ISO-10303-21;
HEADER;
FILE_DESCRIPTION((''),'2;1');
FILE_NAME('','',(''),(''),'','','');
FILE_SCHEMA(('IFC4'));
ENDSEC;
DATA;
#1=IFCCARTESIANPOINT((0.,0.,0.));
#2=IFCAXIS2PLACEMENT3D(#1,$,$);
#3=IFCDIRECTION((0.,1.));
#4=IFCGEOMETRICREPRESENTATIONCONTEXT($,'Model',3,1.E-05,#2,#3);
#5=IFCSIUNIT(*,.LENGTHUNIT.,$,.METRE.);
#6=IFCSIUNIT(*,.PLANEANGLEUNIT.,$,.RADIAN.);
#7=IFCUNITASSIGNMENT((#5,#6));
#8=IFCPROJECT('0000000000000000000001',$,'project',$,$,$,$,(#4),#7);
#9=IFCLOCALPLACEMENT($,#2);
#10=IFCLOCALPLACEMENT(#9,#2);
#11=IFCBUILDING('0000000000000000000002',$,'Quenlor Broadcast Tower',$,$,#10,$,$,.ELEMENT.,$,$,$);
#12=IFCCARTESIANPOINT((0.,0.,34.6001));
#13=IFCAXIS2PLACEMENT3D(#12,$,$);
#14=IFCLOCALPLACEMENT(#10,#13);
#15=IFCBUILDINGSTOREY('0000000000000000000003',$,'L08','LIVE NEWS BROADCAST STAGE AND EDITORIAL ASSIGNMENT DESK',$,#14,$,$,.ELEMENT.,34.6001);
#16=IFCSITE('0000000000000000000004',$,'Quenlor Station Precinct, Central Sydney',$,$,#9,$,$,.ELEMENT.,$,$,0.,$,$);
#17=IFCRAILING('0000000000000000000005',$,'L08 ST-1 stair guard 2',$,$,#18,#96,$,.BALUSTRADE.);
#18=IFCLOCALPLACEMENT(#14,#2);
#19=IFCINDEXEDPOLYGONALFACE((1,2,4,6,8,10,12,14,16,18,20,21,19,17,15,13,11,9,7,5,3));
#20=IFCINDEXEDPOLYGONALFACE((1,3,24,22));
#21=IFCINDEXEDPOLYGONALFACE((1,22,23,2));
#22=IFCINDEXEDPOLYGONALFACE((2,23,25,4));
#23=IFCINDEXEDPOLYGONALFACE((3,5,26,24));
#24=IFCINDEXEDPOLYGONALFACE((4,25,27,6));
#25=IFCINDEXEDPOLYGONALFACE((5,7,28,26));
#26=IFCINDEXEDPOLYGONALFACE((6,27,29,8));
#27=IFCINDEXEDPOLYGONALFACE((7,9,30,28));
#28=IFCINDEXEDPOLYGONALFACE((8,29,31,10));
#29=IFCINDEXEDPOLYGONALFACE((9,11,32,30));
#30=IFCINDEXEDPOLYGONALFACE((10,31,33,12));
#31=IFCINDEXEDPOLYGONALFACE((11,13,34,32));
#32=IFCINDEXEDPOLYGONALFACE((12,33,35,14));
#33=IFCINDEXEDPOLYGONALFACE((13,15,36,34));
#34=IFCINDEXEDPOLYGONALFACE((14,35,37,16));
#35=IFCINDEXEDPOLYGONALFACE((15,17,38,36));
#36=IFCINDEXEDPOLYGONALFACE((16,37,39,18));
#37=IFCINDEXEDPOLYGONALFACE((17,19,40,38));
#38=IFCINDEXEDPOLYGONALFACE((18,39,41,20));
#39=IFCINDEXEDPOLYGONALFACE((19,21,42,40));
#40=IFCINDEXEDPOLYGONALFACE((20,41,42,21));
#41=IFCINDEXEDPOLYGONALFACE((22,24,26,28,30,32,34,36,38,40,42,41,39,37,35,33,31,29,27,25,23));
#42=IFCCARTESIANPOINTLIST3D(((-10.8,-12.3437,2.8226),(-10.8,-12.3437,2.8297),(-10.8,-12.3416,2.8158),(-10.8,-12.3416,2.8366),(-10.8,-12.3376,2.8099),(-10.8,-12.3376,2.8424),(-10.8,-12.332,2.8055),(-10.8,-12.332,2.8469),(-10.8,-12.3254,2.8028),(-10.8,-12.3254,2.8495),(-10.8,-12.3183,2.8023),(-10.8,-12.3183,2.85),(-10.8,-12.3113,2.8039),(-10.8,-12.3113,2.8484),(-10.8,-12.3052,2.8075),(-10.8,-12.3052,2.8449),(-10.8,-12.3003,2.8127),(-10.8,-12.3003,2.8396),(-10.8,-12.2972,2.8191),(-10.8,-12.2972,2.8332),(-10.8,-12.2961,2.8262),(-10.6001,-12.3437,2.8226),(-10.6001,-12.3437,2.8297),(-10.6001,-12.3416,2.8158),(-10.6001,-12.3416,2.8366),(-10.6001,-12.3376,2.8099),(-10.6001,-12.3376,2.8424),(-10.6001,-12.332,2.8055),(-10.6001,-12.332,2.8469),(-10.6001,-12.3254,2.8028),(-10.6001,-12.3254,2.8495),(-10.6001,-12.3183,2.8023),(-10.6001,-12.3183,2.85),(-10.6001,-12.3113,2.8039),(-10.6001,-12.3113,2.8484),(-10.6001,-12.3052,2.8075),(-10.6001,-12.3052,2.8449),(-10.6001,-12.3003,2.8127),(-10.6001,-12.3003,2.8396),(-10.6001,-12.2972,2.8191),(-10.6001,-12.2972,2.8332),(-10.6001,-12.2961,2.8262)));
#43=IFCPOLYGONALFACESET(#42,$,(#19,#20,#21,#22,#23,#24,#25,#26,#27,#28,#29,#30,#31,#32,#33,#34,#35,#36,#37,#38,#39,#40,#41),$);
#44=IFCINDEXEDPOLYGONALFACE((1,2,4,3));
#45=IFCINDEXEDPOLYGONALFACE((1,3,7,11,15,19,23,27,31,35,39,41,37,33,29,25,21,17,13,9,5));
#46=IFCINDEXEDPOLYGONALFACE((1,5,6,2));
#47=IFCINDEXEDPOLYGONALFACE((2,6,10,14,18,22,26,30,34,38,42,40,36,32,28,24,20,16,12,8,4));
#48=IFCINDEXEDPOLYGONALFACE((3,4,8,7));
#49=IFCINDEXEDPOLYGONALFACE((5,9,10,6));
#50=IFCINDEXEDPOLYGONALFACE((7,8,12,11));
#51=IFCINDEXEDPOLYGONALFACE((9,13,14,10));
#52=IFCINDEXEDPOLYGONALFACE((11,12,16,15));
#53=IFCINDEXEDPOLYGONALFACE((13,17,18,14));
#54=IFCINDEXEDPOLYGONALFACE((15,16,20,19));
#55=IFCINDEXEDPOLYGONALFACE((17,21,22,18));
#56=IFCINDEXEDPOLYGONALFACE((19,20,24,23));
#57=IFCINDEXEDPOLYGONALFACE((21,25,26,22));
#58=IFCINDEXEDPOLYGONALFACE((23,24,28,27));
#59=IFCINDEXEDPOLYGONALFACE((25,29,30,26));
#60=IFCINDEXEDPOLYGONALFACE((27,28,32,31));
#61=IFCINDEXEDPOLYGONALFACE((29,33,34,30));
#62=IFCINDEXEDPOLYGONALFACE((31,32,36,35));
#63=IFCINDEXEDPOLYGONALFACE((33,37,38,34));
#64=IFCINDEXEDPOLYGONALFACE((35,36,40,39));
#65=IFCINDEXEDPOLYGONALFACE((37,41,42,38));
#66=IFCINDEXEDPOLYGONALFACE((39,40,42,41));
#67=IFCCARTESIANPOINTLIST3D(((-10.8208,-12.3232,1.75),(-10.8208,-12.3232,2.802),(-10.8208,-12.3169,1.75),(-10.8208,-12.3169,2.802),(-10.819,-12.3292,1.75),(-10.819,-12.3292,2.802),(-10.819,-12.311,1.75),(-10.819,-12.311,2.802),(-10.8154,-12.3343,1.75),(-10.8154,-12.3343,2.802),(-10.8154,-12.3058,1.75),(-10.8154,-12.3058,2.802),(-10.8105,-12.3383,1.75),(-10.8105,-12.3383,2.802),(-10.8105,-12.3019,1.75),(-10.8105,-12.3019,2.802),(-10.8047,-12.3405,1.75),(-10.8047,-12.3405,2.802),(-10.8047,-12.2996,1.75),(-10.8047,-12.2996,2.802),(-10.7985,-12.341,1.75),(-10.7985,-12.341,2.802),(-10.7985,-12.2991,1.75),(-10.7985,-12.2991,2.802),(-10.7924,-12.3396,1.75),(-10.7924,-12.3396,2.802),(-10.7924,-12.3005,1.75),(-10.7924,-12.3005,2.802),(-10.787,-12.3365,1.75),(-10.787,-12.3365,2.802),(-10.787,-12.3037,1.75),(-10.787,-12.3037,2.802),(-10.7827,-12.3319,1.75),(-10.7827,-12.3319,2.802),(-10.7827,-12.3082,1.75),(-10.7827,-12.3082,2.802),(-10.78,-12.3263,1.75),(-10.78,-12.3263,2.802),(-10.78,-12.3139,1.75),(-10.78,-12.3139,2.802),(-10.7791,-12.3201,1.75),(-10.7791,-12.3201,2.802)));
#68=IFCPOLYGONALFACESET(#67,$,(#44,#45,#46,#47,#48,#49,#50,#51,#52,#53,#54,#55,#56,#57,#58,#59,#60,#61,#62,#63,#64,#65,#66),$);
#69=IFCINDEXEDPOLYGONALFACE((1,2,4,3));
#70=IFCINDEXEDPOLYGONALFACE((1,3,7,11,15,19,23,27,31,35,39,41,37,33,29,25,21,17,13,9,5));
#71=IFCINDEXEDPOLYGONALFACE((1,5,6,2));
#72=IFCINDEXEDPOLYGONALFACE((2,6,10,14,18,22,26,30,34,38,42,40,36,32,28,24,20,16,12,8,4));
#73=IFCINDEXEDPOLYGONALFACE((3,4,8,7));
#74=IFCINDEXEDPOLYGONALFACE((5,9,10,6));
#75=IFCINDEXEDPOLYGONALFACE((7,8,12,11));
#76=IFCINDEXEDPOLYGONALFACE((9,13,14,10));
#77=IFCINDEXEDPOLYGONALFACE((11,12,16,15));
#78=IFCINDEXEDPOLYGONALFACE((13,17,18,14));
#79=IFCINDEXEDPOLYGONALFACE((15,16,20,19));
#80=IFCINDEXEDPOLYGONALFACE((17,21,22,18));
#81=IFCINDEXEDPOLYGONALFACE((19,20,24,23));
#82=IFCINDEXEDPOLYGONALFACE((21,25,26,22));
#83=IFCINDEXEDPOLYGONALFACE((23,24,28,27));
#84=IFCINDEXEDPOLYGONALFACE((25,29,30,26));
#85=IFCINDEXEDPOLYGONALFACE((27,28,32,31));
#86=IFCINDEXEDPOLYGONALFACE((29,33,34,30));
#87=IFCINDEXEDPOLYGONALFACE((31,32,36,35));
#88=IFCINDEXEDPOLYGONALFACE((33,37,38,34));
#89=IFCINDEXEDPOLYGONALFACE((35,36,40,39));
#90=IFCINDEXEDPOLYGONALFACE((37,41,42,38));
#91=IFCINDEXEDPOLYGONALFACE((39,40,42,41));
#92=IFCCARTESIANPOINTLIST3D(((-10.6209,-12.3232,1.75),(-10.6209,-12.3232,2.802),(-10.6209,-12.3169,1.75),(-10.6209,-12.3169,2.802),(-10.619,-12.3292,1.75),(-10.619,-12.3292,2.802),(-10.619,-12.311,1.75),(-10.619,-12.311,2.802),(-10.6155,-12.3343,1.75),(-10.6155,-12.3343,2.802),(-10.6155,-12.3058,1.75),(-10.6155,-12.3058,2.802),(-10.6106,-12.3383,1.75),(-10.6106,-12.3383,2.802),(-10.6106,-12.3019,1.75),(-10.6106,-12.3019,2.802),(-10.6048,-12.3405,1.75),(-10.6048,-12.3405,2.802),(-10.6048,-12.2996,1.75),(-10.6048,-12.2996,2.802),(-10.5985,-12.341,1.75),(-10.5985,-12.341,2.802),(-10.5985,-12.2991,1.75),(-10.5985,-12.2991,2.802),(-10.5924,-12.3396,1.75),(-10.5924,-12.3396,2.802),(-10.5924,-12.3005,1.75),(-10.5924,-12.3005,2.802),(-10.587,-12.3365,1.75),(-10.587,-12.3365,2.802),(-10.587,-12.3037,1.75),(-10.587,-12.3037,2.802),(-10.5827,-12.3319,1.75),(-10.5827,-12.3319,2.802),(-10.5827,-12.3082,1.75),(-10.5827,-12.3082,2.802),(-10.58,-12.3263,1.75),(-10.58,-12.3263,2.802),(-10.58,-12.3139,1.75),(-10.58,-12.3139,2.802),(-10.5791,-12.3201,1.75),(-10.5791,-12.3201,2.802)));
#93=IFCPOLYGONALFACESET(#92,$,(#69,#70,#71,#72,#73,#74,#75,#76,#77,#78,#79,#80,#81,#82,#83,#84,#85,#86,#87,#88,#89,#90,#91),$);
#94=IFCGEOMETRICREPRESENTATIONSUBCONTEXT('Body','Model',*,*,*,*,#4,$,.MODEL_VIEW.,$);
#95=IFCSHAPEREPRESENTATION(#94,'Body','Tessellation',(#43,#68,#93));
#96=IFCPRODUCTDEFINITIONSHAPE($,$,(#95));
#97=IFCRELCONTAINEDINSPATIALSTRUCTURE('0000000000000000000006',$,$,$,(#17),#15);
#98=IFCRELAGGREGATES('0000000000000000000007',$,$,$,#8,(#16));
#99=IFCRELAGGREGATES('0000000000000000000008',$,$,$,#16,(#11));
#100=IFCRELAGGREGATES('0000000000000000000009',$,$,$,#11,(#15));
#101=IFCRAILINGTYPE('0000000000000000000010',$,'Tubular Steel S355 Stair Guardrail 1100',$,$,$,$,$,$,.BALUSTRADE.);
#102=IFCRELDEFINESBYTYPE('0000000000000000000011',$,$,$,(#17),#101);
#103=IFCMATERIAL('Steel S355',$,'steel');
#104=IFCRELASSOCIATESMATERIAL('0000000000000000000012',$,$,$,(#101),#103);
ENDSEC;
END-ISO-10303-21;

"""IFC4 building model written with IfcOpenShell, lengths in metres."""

from ifc_helpers import new_model, si_unit, direction, frame, origin, origin_2d, place, context, subcontext, project, spatial, circle, extrude, material, type_object, element, save


model = new_model("IFC4")

# Units and contexts
model_context = context("Model", 3, precision=1e-05, world=origin(), true_north=direction((0.0, 1.0)))
body_context = subcontext(model_context, "Body", "Model", "MODEL_VIEW")
ifc_project = project(units=[si_unit("LENGTHUNIT", "METRE"), si_unit("PLANEANGLEUNIT", "RADIAN")], contexts=[model_context])

# Site, building, storey
site_placement = place(None, origin())
site = spatial("IfcSite", under=ifc_project, at=site_placement, Name="Quenlor Station Precinct, Central Sydney", CompositionType="ELEMENT", RefElevation=0.0)
building_placement = place(site_placement, origin())
building = spatial("IfcBuilding", under=site, at=building_placement, Name="Quenlor Broadcast Tower", CompositionType="ELEMENT")
storey_placement = place(building_placement, frame((0.0, 0.0, 34.6001)))
storey = spatial("IfcBuildingStorey", under=building, at=storey_placement, Name="L08", Description="LIVE NEWS BROADCAST STAGE AND EDITORIAL ASSIGNMENT DESK", CompositionType="ELEMENT", Elevation=34.6001)

# Railing
ifc_material_1 = material(Name="Steel S355", Category="steel")
railing_type_1 = type_object("IfcRailingType", Name="Tubular Steel S355 Stair Guardrail 1100", PredefinedType="BALUSTRADE", material=ifc_material_1)
railing_1_placement = place(storey_placement, frame((-10.8, -12.3201, 1.75)))
element("IfcRailing", 1, at=railing_1_placement, inside=storey, type_object=railing_type_1, Name="L08 ST-1 stair guard 2", PredefinedType="BALUSTRADE", context=body_context, shape_type="SweptSolid", body=[
    extrude(circle(Radius=0.0239, at=origin_2d()), frame((0.0, 0.0, 1.0762), z_axis=(1.0, 0.0, 0.0), x_axis=(0.0, 1.0, 0.0)), (0.0, 0.0, 1.0), 0.2),
    extrude(circle(Radius=0.021, at=origin_2d()), origin(), (0.0, 0.0, 1.0), 1.052),
    extrude(circle(Radius=0.021, at=origin_2d()), frame((0.2, 0.0, 0.0)), (0.0, 0.0, 1.0), 1.052),
])

save(model, "model.ifc")
